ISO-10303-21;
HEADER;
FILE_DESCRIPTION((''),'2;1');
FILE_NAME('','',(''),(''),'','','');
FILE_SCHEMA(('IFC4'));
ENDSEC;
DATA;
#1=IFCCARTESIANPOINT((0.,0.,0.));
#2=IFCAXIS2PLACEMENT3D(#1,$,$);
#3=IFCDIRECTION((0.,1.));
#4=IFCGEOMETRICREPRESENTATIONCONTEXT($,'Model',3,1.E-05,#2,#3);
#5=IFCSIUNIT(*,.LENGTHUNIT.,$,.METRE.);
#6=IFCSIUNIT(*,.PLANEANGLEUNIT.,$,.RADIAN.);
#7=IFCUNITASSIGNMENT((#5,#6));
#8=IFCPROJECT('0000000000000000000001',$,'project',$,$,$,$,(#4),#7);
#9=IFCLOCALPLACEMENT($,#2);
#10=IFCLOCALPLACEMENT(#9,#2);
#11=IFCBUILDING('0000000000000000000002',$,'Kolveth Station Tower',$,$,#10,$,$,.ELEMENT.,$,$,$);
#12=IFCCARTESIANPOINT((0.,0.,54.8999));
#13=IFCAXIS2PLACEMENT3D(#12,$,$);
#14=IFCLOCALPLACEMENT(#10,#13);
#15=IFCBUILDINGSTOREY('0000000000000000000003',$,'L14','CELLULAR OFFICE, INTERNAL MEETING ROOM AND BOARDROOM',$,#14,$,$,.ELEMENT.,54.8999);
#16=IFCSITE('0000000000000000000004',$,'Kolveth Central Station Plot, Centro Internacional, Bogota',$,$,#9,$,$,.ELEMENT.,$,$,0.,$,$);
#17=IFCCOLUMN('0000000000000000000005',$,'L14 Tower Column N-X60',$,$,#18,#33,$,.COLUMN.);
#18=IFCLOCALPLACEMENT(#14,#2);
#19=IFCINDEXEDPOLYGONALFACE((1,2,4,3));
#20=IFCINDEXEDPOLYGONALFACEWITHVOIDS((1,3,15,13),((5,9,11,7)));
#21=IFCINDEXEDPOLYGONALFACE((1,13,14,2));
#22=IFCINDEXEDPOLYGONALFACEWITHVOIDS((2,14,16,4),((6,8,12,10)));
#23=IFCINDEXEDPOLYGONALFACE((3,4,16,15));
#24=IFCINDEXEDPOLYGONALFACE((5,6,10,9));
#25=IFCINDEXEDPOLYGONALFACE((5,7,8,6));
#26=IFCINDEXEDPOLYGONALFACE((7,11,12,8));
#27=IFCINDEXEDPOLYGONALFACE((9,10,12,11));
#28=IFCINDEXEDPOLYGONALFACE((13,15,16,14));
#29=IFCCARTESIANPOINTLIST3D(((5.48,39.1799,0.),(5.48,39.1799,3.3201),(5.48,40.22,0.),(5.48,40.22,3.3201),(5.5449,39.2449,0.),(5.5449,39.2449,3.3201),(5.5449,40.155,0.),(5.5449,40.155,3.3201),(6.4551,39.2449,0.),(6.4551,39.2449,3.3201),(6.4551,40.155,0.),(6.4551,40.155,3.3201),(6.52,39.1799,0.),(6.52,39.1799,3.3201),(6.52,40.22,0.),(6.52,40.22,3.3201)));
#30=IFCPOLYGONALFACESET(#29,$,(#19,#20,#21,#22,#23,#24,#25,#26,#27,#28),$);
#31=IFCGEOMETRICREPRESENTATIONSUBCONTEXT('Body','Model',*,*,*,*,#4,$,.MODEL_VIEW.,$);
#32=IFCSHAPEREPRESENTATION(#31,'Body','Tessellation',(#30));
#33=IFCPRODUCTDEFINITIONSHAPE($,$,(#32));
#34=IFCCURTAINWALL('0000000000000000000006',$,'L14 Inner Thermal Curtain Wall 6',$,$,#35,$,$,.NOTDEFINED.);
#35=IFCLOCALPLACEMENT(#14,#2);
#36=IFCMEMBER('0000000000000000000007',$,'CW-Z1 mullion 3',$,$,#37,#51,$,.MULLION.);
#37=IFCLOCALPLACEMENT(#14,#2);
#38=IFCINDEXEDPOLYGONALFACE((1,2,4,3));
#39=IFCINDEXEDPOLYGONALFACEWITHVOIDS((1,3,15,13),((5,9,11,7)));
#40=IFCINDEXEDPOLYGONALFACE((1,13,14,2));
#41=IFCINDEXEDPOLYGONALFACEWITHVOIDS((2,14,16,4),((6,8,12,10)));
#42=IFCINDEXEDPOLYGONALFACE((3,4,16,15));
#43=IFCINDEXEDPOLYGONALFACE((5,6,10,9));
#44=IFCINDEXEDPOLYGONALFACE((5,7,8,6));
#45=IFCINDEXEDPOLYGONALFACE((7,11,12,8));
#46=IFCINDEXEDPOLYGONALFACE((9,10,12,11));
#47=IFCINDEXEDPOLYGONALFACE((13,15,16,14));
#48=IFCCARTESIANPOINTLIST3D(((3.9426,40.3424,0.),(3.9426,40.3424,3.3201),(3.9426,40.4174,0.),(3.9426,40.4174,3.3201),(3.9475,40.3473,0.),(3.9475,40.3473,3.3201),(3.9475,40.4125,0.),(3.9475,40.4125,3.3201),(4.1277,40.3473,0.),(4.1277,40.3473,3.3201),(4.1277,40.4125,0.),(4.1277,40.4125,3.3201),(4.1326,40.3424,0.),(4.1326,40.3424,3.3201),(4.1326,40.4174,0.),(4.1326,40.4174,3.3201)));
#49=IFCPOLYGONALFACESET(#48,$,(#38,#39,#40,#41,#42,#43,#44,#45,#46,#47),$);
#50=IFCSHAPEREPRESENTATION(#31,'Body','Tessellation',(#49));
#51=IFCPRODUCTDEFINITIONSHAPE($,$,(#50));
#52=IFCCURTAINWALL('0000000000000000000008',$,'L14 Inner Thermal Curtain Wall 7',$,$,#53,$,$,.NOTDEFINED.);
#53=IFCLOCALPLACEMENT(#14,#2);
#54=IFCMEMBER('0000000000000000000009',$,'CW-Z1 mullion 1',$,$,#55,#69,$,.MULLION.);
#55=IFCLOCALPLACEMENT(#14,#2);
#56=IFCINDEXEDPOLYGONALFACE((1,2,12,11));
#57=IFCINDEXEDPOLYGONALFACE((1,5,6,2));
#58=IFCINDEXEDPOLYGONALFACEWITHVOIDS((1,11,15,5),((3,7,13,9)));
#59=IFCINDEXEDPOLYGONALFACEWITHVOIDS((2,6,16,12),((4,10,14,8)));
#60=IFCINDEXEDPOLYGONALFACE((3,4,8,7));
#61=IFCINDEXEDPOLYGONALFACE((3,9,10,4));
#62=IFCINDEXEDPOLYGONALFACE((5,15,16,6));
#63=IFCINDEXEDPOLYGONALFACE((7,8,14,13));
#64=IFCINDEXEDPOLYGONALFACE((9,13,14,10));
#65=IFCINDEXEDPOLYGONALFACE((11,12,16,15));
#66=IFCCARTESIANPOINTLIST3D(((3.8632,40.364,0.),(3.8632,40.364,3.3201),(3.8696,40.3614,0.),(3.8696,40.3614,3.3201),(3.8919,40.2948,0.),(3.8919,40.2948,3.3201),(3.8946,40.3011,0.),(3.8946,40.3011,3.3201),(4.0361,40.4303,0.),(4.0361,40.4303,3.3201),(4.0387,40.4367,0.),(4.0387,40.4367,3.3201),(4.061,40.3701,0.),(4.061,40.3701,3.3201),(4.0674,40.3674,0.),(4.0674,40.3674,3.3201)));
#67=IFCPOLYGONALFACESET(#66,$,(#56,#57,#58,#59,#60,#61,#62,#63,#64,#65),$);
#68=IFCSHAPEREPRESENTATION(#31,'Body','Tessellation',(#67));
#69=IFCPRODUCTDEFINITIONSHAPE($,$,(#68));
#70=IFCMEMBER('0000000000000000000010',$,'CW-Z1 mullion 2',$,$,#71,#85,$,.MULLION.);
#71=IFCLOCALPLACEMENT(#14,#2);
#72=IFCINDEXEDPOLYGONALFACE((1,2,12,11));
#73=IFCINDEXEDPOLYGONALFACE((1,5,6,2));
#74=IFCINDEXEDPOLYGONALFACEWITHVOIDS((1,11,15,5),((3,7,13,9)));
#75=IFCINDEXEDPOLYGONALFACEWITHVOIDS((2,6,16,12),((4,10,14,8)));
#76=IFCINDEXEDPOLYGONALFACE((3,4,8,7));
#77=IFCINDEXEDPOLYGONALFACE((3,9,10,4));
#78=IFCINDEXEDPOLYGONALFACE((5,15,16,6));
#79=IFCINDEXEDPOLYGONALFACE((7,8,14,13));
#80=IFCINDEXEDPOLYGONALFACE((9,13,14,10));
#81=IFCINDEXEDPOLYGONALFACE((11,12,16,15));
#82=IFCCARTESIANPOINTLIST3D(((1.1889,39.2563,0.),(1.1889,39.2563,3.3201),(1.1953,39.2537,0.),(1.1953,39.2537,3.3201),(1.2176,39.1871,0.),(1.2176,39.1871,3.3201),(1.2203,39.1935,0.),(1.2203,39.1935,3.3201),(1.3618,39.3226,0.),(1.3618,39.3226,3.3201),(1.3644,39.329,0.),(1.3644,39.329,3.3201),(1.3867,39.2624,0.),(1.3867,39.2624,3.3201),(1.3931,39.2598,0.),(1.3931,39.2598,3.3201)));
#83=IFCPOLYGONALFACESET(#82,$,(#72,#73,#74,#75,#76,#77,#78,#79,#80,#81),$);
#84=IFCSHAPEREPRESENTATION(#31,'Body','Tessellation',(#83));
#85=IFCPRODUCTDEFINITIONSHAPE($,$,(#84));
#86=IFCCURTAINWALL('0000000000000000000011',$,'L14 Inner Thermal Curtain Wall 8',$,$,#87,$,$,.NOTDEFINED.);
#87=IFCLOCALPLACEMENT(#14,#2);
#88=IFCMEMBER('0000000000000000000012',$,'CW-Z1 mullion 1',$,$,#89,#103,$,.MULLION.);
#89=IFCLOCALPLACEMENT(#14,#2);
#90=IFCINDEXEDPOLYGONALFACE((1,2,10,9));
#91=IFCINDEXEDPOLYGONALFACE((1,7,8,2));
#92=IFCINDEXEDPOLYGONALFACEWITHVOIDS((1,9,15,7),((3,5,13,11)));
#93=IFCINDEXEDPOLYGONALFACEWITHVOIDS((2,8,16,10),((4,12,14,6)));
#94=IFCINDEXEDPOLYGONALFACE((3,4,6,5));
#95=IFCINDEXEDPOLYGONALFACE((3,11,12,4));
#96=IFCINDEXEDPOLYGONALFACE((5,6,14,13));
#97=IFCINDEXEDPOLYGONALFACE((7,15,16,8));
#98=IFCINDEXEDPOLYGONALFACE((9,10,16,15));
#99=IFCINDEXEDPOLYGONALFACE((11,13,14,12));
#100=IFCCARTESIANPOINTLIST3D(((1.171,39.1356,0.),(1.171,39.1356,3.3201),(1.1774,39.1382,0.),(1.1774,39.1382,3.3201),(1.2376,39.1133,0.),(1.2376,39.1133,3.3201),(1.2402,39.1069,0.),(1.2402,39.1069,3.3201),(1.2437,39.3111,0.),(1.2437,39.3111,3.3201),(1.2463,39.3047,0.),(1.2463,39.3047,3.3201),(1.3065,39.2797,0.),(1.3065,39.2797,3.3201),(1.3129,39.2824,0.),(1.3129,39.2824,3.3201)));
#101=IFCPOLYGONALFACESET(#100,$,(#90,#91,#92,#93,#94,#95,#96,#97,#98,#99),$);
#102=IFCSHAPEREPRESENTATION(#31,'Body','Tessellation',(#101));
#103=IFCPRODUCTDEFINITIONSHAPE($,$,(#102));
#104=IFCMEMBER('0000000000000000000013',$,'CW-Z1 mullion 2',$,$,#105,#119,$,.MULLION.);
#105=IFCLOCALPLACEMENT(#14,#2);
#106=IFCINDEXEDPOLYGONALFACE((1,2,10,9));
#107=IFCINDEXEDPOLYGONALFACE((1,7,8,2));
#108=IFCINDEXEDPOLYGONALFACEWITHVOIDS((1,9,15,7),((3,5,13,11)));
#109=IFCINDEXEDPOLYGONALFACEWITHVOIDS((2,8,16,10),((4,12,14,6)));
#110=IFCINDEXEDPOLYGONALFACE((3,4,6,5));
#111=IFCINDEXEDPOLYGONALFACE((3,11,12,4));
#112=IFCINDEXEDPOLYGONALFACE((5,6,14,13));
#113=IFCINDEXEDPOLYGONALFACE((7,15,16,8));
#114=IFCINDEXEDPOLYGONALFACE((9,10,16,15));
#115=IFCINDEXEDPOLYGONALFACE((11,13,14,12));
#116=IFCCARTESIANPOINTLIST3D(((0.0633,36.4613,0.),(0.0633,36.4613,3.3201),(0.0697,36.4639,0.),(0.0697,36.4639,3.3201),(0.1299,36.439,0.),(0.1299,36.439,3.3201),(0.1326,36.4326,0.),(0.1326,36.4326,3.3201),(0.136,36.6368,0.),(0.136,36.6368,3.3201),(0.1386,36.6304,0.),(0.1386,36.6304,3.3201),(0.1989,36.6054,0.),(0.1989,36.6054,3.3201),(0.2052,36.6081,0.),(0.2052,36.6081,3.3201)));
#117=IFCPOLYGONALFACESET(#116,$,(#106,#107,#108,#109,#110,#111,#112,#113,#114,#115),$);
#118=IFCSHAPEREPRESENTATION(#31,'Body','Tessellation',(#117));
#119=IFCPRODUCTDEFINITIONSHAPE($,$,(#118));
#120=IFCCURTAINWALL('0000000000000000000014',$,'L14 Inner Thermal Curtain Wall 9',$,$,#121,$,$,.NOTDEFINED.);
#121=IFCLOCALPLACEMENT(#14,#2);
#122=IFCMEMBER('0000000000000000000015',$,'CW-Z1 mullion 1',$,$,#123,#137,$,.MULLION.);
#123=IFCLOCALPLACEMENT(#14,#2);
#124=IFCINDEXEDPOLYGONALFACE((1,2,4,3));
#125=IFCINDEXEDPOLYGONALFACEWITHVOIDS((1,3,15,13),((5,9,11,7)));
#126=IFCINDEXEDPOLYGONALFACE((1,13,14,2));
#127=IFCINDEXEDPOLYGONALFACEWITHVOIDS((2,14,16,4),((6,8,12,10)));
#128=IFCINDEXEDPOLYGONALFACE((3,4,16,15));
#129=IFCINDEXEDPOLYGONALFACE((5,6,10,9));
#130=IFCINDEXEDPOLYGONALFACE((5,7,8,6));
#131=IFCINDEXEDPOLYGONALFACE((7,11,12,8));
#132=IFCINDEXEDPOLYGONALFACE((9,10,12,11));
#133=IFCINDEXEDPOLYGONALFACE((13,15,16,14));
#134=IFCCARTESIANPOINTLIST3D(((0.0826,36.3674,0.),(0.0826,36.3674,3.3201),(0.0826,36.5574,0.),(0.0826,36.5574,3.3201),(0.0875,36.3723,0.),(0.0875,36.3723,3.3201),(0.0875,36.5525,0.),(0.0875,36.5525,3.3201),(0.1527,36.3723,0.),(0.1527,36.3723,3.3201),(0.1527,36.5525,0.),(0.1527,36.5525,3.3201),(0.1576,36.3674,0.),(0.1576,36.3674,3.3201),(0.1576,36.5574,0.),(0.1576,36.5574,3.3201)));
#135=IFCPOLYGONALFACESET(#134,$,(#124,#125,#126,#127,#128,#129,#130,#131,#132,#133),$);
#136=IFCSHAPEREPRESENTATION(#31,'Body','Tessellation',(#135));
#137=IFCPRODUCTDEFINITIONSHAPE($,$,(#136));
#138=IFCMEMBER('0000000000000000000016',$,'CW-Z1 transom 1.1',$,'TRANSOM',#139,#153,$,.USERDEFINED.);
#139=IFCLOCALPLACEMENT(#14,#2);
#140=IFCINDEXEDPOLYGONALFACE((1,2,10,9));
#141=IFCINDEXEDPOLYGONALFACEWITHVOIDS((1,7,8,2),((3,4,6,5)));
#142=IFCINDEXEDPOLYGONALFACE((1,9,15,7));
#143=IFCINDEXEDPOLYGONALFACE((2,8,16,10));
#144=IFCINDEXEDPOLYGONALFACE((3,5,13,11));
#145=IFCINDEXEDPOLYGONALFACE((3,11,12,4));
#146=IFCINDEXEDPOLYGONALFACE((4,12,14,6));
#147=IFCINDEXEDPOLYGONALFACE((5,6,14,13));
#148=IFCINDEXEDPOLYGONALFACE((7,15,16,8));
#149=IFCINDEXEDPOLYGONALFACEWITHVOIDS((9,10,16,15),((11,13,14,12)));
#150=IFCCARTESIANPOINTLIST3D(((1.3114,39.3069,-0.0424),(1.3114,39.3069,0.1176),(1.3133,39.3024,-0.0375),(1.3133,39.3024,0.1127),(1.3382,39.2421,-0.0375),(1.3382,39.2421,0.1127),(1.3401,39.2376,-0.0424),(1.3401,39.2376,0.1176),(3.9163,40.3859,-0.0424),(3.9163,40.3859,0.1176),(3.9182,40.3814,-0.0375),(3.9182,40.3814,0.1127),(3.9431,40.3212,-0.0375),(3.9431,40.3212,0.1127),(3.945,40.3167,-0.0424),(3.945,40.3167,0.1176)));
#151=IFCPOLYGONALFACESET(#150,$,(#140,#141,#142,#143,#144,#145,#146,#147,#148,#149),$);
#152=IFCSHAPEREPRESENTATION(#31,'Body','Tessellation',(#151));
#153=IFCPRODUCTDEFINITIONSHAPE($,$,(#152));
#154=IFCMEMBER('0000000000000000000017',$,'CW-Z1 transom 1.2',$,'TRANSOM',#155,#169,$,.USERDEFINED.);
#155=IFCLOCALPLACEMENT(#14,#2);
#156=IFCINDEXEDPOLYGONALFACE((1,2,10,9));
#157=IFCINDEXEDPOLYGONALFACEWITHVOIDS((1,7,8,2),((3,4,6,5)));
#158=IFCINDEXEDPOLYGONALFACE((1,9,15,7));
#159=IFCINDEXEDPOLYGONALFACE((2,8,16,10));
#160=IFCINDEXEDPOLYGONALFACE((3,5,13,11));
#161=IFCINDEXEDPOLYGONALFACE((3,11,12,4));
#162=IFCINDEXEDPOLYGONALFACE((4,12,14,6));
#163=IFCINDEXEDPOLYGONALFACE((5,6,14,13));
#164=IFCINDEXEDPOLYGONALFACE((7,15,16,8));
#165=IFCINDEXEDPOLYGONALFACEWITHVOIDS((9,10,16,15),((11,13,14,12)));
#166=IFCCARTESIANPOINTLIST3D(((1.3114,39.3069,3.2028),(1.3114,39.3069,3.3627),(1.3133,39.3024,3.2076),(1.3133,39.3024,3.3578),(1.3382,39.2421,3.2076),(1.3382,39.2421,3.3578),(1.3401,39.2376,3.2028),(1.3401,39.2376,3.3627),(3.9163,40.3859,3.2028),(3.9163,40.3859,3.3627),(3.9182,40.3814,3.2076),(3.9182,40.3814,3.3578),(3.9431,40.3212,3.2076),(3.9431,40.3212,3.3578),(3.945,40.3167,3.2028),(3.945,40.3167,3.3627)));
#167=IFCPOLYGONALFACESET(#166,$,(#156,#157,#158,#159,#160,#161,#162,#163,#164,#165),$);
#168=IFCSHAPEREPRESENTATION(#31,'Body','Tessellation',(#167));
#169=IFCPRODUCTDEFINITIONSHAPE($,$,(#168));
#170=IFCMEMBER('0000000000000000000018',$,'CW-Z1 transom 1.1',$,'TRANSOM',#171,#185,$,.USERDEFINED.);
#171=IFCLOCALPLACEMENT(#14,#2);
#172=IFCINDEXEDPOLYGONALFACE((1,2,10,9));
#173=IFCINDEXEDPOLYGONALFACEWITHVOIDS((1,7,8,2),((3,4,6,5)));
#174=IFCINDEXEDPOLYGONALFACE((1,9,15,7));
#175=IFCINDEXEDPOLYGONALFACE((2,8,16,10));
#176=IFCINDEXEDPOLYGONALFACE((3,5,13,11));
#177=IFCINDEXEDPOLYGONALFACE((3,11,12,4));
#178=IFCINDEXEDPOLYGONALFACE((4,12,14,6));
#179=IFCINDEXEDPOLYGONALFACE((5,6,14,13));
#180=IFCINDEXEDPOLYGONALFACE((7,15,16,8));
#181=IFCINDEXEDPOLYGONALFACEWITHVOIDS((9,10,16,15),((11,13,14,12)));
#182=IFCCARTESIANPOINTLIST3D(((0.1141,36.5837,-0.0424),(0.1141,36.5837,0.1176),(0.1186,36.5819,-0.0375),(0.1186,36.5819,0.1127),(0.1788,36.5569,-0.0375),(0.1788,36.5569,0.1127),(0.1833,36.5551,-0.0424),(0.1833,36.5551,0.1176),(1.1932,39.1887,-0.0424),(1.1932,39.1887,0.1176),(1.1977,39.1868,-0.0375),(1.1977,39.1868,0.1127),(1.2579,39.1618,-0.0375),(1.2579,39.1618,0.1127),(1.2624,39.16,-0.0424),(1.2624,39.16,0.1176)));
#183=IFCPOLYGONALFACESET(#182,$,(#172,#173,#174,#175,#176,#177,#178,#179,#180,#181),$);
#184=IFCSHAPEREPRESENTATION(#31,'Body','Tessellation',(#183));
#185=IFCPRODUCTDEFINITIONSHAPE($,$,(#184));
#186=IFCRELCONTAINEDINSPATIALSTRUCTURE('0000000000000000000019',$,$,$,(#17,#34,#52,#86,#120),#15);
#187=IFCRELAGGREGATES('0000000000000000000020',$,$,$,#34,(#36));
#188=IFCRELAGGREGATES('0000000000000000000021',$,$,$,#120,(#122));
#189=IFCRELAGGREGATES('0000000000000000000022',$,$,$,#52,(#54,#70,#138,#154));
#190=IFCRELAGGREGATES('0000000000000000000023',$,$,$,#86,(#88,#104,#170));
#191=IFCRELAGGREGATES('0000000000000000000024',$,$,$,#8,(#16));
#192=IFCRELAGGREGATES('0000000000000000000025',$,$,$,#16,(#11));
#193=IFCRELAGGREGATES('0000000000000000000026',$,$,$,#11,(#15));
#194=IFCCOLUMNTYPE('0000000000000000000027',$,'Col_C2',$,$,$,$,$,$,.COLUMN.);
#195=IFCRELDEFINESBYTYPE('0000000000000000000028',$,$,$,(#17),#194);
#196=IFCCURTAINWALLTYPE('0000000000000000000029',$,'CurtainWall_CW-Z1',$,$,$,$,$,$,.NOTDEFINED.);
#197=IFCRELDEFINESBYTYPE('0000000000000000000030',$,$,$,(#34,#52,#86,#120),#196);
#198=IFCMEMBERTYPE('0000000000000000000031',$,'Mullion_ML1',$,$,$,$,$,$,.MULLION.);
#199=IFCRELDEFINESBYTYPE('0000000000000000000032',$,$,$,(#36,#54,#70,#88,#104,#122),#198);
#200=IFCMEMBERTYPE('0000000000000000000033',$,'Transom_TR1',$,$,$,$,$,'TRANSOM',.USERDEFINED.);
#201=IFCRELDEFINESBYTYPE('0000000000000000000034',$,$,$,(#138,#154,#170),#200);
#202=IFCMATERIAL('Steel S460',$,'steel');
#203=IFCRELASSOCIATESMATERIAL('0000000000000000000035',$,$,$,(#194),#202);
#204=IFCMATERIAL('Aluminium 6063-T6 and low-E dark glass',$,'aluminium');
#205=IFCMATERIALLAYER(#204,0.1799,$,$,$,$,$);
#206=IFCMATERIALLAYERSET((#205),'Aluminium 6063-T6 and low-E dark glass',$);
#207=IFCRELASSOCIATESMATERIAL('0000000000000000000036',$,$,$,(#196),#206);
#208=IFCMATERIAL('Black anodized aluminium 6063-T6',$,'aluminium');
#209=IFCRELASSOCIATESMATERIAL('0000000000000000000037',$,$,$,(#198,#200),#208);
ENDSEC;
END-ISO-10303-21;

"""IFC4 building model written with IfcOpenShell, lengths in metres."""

from ifc_helpers import new_model, si_unit, direction, frame, origin, origin_2d, place, context, subcontext, project, spatial, hollow_rectangle, extrude, source, transform, mapped, material, layer, layer_set, material_profile, profile_set, type_object, element, aggregate, save


model = new_model("IFC4")

# Units and contexts
model_context = context("Model", 3, precision=1e-05, world=origin(), true_north=direction((0.0, 1.0)))
body_context = subcontext(model_context, "Body", "Model", "MODEL_VIEW")
ifc_project = project(units=[si_unit("LENGTHUNIT", "METRE"), si_unit("PLANEANGLEUNIT", "RADIAN")], contexts=[model_context])

# Site, building, storey
site_placement = place(None, origin())
site = spatial("IfcSite", under=ifc_project, at=site_placement, Name="Kolveth Central Station Plot, Centro Internacional, Bogota", CompositionType="ELEMENT", RefElevation=0.0)
building_placement = place(site_placement, origin())
building = spatial("IfcBuilding", under=site, at=building_placement, Name="Kolveth Station Tower", CompositionType="ELEMENT")
storey_placement = place(building_placement, frame((0.0, 0.0, 54.8999)))
storey = spatial("IfcBuildingStorey", under=building, at=storey_placement, Name="L14", Description="CELLULAR OFFICE, INTERNAL MEETING ROOM AND BOARDROOM", CompositionType="ELEMENT", Elevation=54.8999)

# Column
ifc_material_1 = material(Name="Steel S460", Category="steel")
ifc_material_profile_1 = material_profile(ifc_material_1, hollow_rectangle(XDim=1.04, YDim=1.04, WallThickness=0.0649, at=origin_2d()), Name="BOX1040x1040x65")
ifc_profile_set_1 = profile_set([ifc_material_profile_1], Name="Steel S460")
column_type = type_object("IfcColumnType", Name="Col_C2", PredefinedType="COLUMN", material=ifc_profile_set_1)
shared_shape_1 = source(origin(), body_context, "Body", "SweptSolid", [
    extrude(hollow_rectangle(XDim=1.04, YDim=1.04, WallThickness=0.0649, at=origin_2d()), origin(), (0.0, 0.0, 1.0), 3.3201),
])
column_placement = place(storey_placement, frame((6.0, 39.7, 0.0), z_axis=(0.0, 0.0, 1.0), x_axis=(1.0, 0.0, 0.0)))
element("IfcColumn", 1, at=column_placement, inside=storey, type_object=column_type, Name="L14 Tower Column N-X60", PredefinedType="COLUMN", context=body_context, shape_type="MappedRepresentation", body=[
    mapped(shared_shape_1, transform((0.0, 0.0, 0.0), x_axis=(1.0, 0.0, 0.0), y_axis=(0.0, 1.0, 0.0), z_axis=(0.0, 0.0, 1.0), scale=1.0)),
])

# Curtain wall, member
ifc_material_2 = material(Name="Aluminium 6063-T6 and low-E dark glass", Category="aluminium")
ifc_layer_1 = layer(ifc_material_2, 0.1799)
ifc_layer_set_1 = layer_set([ifc_layer_1], Name="Aluminium 6063-T6 and low-E dark glass")
curtain_wall_type_1 = type_object("IfcCurtainWallType", Name="CurtainWall_CW-Z1", PredefinedType="NOTDEFINED", material=ifc_layer_set_1)
curtain_wall_1_placement = place(storey_placement, origin())
curtain_wall_1 = element("IfcCurtainWall", 2, at=curtain_wall_1_placement, inside=storey, type_object=curtain_wall_type_1, Name="L14 Inner Thermal Curtain Wall 6", PredefinedType="NOTDEFINED")
ifc_material_3 = material(Name="Black anodized aluminium 6063-T6", Category="aluminium")
ifc_material_profile_2 = material_profile(ifc_material_3, hollow_rectangle(XDim=0.075, YDim=0.1899, WallThickness=0.0049, at=origin_2d()), Name="ALU-75x190x5")
ifc_profile_set_2 = profile_set([ifc_material_profile_2], Name="Black anodized aluminium 6063-T6")
member_type_1 = type_object("IfcMemberType", Name="Mullion_ML1", PredefinedType="MULLION", material=ifc_profile_set_2)
shared_shape_2 = source(origin(), body_context, "Body", "SweptSolid", [
    extrude(hollow_rectangle(XDim=0.075, YDim=0.1899, WallThickness=0.0049, at=origin_2d()), origin(), (0.0, 0.0, 1.0), 3.3201),
])
member_1_placement = place(storey_placement, frame((4.0376, 40.3799, 0.0), z_axis=(0.0, 0.0, 1.0), x_axis=(0.0, -1.0, 0.0)))
member_1 = element("IfcMember", 3, at=member_1_placement, type_object=member_type_1, Name="CW-Z1 mullion 3", PredefinedType="MULLION", context=body_context, shape_type="MappedRepresentation", body=[
    mapped(shared_shape_2, transform((0.0, 0.0, 0.0), x_axis=(1.0, 0.0, 0.0), y_axis=(0.0, 1.0, 0.0), z_axis=(0.0, 0.0, 1.0), scale=1.0)),
])
aggregate(curtain_wall_1, [member_1])

# Curtain walls, members
curtain_wall_2_placement = place(storey_placement, origin())
curtain_wall_2 = element("IfcCurtainWall", 4, at=curtain_wall_2_placement, inside=storey, type_object=curtain_wall_type_1, Name="L14 Inner Thermal Curtain Wall 7", PredefinedType="NOTDEFINED")
member_2_placement = place(storey_placement, frame((3.9653, 40.3657, 0.0), z_axis=(0.0, 0.0, 1.0), x_axis=(0.382673, -0.923884, 0.0)))
member_2 = element("IfcMember", 5, at=member_2_placement, type_object=member_type_1, Name="CW-Z1 mullion 1", PredefinedType="MULLION", context=body_context, shape_type="MappedRepresentation", body=[
    mapped(shared_shape_2, transform((0.0, 0.0, 0.0), x_axis=(1.0, 0.0, 0.0), y_axis=(0.0, 1.0, 0.0), z_axis=(0.0, 0.0, 1.0), scale=1.0)),
])
member_3_placement = place(storey_placement, frame((1.291, 39.2581, 0.0), z_axis=(0.0, 0.0, 1.0), x_axis=(0.382673, -0.923884, 0.0)))
member_3 = element("IfcMember", 6, at=member_3_placement, type_object=member_type_1, Name="CW-Z1 mullion 2", PredefinedType="MULLION", context=body_context, shape_type="MappedRepresentation", body=[
    mapped(shared_shape_2, transform((0.0, 0.0, 0.0), x_axis=(1.0, 0.0, 0.0), y_axis=(0.0, 1.0, 0.0), z_axis=(0.0, 0.0, 1.0), scale=1.0)),
])
curtain_wall_3_placement = place(storey_placement, origin())
curtain_wall_3 = element("IfcCurtainWall", 7, at=curtain_wall_3_placement, inside=storey, type_object=curtain_wall_type_1, Name="L14 Inner Thermal Curtain Wall 8", PredefinedType="NOTDEFINED")
member_4_placement = place(storey_placement, frame((1.2419, 39.209, 0.0), z_axis=(0.0, 0.0, 1.0), x_axis=(0.923884, -0.382673, 0.0)))
member_4 = element("IfcMember", 8, at=member_4_placement, type_object=member_type_1, Name="CW-Z1 mullion 1", PredefinedType="MULLION", context=body_context, shape_type="MappedRepresentation", body=[
    mapped(shared_shape_2, transform((0.0, 0.0, 0.0), x_axis=(1.0, 0.0, 0.0), y_axis=(0.0, 1.0, 0.0), z_axis=(0.0, 0.0, 1.0), scale=1.0)),
])
member_5_placement = place(storey_placement, frame((0.1343, 36.5347, 0.0), z_axis=(0.0, 0.0, 1.0), x_axis=(0.923884, -0.382673, 0.0)))
member_5 = element("IfcMember", 9, at=member_5_placement, type_object=member_type_1, Name="CW-Z1 mullion 2", PredefinedType="MULLION", context=body_context, shape_type="MappedRepresentation", body=[
    mapped(shared_shape_2, transform((0.0, 0.0, 0.0), x_axis=(1.0, 0.0, 0.0), y_axis=(0.0, 1.0, 0.0), z_axis=(0.0, 0.0, 1.0), scale=1.0)),
])

# Curtain wall, member
curtain_wall_4_placement = place(storey_placement, origin())
curtain_wall_4 = element("IfcCurtainWall", 10, at=curtain_wall_4_placement, inside=storey, type_object=curtain_wall_type_1, Name="L14 Inner Thermal Curtain Wall 9", PredefinedType="NOTDEFINED")
member_6_placement = place(storey_placement, frame((0.1201, 36.4624, 0.0), z_axis=(0.0, 0.0, 1.0), x_axis=(1.0, 0.0, 0.0)))
member_6 = element("IfcMember", 11, at=member_6_placement, type_object=member_type_1, Name="CW-Z1 mullion 1", PredefinedType="MULLION", context=body_context, shape_type="MappedRepresentation", body=[
    mapped(shared_shape_2, transform((0.0, 0.0, 0.0), x_axis=(1.0, 0.0, 0.0), y_axis=(0.0, 1.0, 0.0), z_axis=(0.0, 0.0, 1.0), scale=1.0)),
])
aggregate(curtain_wall_4, [member_6])

# Members
ifc_material_profile_3 = material_profile(ifc_material_3, hollow_rectangle(XDim=0.075, YDim=0.1599, WallThickness=0.0049, at=origin_2d()), Name="ALU-75x160x5")
ifc_profile_set_3 = profile_set([ifc_material_profile_3], Name="Black anodized aluminium 6063-T6")
member_type_2 = type_object("IfcMemberType", Name="Transom_TR1", ElementType="TRANSOM", PredefinedType="USERDEFINED", material=ifc_profile_set_3)
shared_shape_3 = source(origin(), body_context, "Body", "SweptSolid", [
    extrude(hollow_rectangle(XDim=0.075, YDim=0.1599, WallThickness=0.0049, at=origin_2d()), origin(), (0.0, 0.0, 1.0), 2.8196),
])
member_7_placement = place(storey_placement, frame((3.9307, 40.3513, 0.0376), z_axis=(-0.923869, -0.382709, 0.0), x_axis=(0.382709, -0.923869, 0.0)))
member_7 = element("IfcMember", 12, at=member_7_placement, type_object=member_type_2, Name="CW-Z1 transom 1.1", ObjectType="TRANSOM", PredefinedType="USERDEFINED", context=body_context, shape_type="MappedRepresentation", body=[
    mapped(shared_shape_3, transform((0.0, 0.0, 0.0), x_axis=(1.0, 0.0, 0.0), y_axis=(0.0, 1.0, 0.0), z_axis=(0.0, 0.0, 1.0), scale=1.0)),
])
member_8_placement = place(storey_placement, frame((3.9307, 40.3513, 3.2827), z_axis=(-0.923869, -0.382709, 0.0), x_axis=(0.382709, -0.923869, 0.0)))
member_8 = element("IfcMember", 13, at=member_8_placement, type_object=member_type_2, Name="CW-Z1 transom 1.2", ObjectType="TRANSOM", PredefinedType="USERDEFINED", context=body_context, shape_type="MappedRepresentation", body=[
    mapped(shared_shape_3, transform((0.0, 0.0, 0.0), x_axis=(1.0, 0.0, 0.0), y_axis=(0.0, 1.0, 0.0), z_axis=(0.0, 0.0, 1.0), scale=1.0)),
])
member_9_placement = place(storey_placement, frame((1.2278, 39.1743, 0.0376), z_axis=(-0.382709, -0.923869, 0.0), x_axis=(0.923869, -0.382709, 0.0)))
member_9 = element("IfcMember", 14, at=member_9_placement, type_object=member_type_2, Name="CW-Z1 transom 1.1", ObjectType="TRANSOM", PredefinedType="USERDEFINED", context=body_context, shape_type="MappedRepresentation", body=[
    mapped(shared_shape_3, transform((0.0, 0.0, 0.0), x_axis=(1.0, 0.0, 0.0), y_axis=(0.0, 1.0, 0.0), z_axis=(0.0, 0.0, 1.0), scale=1.0)),
])

aggregate(curtain_wall_2, [member_2, member_3, member_7, member_8])
aggregate(curtain_wall_3, [member_4, member_5, member_9])

save(model, "model.ifc")
